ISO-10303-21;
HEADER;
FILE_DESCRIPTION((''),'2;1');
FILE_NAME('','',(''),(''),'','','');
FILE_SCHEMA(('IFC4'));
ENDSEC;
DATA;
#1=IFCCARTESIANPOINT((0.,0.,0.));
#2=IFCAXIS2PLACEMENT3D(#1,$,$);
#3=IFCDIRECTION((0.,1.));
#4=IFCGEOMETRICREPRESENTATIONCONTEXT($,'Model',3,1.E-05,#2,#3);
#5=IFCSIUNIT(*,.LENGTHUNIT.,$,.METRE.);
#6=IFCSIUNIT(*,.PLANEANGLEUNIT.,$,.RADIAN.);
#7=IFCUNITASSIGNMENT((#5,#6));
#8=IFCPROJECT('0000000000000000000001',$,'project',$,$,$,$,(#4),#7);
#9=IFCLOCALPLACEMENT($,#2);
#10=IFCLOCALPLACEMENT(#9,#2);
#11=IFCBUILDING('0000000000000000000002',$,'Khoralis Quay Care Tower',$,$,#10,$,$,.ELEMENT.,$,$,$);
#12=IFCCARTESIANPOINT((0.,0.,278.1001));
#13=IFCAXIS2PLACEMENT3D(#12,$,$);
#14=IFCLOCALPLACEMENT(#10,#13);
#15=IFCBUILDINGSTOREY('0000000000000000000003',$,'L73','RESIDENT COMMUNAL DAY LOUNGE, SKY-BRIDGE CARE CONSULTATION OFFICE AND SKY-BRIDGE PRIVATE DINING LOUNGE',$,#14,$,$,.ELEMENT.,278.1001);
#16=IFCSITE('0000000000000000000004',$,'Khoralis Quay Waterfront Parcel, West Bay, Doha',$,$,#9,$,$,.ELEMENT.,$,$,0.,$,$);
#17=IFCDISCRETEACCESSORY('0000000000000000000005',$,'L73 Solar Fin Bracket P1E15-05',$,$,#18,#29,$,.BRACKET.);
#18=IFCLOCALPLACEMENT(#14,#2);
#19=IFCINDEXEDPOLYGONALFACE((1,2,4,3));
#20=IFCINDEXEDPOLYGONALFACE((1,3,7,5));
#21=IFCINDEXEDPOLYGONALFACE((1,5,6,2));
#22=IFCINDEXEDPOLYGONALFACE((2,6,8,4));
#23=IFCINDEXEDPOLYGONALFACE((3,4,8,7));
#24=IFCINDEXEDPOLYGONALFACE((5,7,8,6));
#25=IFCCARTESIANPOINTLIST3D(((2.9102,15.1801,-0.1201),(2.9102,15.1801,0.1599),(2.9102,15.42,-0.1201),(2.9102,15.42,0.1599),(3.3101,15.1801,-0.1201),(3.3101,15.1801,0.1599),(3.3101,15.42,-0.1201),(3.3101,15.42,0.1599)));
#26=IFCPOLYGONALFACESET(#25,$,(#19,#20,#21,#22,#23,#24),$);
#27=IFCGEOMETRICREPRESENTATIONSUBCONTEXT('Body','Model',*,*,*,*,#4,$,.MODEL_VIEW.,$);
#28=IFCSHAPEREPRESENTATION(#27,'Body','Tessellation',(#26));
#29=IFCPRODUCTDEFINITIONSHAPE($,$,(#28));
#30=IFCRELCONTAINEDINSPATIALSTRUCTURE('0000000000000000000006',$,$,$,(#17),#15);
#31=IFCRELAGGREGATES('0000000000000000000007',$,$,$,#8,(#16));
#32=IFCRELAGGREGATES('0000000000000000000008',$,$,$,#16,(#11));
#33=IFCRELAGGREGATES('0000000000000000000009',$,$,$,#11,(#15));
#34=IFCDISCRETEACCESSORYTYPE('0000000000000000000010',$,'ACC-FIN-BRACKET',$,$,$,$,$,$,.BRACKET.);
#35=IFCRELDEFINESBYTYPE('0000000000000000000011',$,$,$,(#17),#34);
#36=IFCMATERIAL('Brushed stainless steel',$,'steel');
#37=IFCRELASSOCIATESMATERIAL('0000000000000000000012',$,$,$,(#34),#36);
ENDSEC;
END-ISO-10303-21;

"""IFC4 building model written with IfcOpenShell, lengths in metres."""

from ifc_helpers import new_model, si_unit, direction, frame, origin, origin_2d, place, context, subcontext, project, spatial, rectangle, extrude, source, transform, mapped, material, type_object, element, save


model = new_model("IFC4")

# Units and contexts
model_context = context("Model", 3, precision=1e-05, world=origin(), true_north=direction((0.0, 1.0)))
body_context = subcontext(model_context, "Body", "Model", "MODEL_VIEW")
ifc_project = project(units=[si_unit("LENGTHUNIT", "METRE"), si_unit("PLANEANGLEUNIT", "RADIAN")], contexts=[model_context])

# Site, building, storey
site_placement = place(None, origin())
site = spatial("IfcSite", under=ifc_project, at=site_placement, Name="Khoralis Quay Waterfront Parcel, West Bay, Doha", CompositionType="ELEMENT", RefElevation=0.0)
building_placement = place(site_placement, origin())
building = spatial("IfcBuilding", under=site, at=building_placement, Name="Khoralis Quay Care Tower", CompositionType="ELEMENT")
storey_placement = place(building_placement, frame((0.0, 0.0, 278.1001)))
storey = spatial("IfcBuildingStorey", under=building, at=storey_placement, Name="L73", Description="RESIDENT COMMUNAL DAY LOUNGE, SKY-BRIDGE CARE CONSULTATION OFFICE AND SKY-BRIDGE PRIVATE DINING LOUNGE", CompositionType="ELEMENT", Elevation=278.1001)

# Shared definitions
ifc_material_1 = material(Name="Brushed stainless steel", Category="steel")

# Discrete accessory
discrete_accessory_type = type_object("IfcDiscreteAccessoryType", Name="ACC-FIN-BRACKET", PredefinedType="BRACKET", material=ifc_material_1)
shared_shape_1 = source(origin(), body_context, "Body", "SweptSolid", [
    extrude(rectangle(XDim=0.3999, YDim=0.24, at=origin_2d()), origin(), (0.0, 0.0, 1.0), 0.28),
])
for number, where, z_axis, x_axis, name in (
    (1, (3.1101, 15.3, -0.1201), (0.0, 0.0, 1.0), (-1.0, 0.0, 0.0), "L73 Solar Fin Bracket P1E15-05"),
):
    element("IfcDiscreteAccessory", number, at=place(storey_placement, frame(where, z_axis=z_axis, x_axis=x_axis)), inside=storey, type_object=discrete_accessory_type, Name=name, PredefinedType="BRACKET", context=body_context, shape_type="MappedRepresentation", body=[
        mapped(shared_shape_1, transform((0.0, 0.0, 0.0), scale=1.0)),
    ])

save(model, "model.ifc")
